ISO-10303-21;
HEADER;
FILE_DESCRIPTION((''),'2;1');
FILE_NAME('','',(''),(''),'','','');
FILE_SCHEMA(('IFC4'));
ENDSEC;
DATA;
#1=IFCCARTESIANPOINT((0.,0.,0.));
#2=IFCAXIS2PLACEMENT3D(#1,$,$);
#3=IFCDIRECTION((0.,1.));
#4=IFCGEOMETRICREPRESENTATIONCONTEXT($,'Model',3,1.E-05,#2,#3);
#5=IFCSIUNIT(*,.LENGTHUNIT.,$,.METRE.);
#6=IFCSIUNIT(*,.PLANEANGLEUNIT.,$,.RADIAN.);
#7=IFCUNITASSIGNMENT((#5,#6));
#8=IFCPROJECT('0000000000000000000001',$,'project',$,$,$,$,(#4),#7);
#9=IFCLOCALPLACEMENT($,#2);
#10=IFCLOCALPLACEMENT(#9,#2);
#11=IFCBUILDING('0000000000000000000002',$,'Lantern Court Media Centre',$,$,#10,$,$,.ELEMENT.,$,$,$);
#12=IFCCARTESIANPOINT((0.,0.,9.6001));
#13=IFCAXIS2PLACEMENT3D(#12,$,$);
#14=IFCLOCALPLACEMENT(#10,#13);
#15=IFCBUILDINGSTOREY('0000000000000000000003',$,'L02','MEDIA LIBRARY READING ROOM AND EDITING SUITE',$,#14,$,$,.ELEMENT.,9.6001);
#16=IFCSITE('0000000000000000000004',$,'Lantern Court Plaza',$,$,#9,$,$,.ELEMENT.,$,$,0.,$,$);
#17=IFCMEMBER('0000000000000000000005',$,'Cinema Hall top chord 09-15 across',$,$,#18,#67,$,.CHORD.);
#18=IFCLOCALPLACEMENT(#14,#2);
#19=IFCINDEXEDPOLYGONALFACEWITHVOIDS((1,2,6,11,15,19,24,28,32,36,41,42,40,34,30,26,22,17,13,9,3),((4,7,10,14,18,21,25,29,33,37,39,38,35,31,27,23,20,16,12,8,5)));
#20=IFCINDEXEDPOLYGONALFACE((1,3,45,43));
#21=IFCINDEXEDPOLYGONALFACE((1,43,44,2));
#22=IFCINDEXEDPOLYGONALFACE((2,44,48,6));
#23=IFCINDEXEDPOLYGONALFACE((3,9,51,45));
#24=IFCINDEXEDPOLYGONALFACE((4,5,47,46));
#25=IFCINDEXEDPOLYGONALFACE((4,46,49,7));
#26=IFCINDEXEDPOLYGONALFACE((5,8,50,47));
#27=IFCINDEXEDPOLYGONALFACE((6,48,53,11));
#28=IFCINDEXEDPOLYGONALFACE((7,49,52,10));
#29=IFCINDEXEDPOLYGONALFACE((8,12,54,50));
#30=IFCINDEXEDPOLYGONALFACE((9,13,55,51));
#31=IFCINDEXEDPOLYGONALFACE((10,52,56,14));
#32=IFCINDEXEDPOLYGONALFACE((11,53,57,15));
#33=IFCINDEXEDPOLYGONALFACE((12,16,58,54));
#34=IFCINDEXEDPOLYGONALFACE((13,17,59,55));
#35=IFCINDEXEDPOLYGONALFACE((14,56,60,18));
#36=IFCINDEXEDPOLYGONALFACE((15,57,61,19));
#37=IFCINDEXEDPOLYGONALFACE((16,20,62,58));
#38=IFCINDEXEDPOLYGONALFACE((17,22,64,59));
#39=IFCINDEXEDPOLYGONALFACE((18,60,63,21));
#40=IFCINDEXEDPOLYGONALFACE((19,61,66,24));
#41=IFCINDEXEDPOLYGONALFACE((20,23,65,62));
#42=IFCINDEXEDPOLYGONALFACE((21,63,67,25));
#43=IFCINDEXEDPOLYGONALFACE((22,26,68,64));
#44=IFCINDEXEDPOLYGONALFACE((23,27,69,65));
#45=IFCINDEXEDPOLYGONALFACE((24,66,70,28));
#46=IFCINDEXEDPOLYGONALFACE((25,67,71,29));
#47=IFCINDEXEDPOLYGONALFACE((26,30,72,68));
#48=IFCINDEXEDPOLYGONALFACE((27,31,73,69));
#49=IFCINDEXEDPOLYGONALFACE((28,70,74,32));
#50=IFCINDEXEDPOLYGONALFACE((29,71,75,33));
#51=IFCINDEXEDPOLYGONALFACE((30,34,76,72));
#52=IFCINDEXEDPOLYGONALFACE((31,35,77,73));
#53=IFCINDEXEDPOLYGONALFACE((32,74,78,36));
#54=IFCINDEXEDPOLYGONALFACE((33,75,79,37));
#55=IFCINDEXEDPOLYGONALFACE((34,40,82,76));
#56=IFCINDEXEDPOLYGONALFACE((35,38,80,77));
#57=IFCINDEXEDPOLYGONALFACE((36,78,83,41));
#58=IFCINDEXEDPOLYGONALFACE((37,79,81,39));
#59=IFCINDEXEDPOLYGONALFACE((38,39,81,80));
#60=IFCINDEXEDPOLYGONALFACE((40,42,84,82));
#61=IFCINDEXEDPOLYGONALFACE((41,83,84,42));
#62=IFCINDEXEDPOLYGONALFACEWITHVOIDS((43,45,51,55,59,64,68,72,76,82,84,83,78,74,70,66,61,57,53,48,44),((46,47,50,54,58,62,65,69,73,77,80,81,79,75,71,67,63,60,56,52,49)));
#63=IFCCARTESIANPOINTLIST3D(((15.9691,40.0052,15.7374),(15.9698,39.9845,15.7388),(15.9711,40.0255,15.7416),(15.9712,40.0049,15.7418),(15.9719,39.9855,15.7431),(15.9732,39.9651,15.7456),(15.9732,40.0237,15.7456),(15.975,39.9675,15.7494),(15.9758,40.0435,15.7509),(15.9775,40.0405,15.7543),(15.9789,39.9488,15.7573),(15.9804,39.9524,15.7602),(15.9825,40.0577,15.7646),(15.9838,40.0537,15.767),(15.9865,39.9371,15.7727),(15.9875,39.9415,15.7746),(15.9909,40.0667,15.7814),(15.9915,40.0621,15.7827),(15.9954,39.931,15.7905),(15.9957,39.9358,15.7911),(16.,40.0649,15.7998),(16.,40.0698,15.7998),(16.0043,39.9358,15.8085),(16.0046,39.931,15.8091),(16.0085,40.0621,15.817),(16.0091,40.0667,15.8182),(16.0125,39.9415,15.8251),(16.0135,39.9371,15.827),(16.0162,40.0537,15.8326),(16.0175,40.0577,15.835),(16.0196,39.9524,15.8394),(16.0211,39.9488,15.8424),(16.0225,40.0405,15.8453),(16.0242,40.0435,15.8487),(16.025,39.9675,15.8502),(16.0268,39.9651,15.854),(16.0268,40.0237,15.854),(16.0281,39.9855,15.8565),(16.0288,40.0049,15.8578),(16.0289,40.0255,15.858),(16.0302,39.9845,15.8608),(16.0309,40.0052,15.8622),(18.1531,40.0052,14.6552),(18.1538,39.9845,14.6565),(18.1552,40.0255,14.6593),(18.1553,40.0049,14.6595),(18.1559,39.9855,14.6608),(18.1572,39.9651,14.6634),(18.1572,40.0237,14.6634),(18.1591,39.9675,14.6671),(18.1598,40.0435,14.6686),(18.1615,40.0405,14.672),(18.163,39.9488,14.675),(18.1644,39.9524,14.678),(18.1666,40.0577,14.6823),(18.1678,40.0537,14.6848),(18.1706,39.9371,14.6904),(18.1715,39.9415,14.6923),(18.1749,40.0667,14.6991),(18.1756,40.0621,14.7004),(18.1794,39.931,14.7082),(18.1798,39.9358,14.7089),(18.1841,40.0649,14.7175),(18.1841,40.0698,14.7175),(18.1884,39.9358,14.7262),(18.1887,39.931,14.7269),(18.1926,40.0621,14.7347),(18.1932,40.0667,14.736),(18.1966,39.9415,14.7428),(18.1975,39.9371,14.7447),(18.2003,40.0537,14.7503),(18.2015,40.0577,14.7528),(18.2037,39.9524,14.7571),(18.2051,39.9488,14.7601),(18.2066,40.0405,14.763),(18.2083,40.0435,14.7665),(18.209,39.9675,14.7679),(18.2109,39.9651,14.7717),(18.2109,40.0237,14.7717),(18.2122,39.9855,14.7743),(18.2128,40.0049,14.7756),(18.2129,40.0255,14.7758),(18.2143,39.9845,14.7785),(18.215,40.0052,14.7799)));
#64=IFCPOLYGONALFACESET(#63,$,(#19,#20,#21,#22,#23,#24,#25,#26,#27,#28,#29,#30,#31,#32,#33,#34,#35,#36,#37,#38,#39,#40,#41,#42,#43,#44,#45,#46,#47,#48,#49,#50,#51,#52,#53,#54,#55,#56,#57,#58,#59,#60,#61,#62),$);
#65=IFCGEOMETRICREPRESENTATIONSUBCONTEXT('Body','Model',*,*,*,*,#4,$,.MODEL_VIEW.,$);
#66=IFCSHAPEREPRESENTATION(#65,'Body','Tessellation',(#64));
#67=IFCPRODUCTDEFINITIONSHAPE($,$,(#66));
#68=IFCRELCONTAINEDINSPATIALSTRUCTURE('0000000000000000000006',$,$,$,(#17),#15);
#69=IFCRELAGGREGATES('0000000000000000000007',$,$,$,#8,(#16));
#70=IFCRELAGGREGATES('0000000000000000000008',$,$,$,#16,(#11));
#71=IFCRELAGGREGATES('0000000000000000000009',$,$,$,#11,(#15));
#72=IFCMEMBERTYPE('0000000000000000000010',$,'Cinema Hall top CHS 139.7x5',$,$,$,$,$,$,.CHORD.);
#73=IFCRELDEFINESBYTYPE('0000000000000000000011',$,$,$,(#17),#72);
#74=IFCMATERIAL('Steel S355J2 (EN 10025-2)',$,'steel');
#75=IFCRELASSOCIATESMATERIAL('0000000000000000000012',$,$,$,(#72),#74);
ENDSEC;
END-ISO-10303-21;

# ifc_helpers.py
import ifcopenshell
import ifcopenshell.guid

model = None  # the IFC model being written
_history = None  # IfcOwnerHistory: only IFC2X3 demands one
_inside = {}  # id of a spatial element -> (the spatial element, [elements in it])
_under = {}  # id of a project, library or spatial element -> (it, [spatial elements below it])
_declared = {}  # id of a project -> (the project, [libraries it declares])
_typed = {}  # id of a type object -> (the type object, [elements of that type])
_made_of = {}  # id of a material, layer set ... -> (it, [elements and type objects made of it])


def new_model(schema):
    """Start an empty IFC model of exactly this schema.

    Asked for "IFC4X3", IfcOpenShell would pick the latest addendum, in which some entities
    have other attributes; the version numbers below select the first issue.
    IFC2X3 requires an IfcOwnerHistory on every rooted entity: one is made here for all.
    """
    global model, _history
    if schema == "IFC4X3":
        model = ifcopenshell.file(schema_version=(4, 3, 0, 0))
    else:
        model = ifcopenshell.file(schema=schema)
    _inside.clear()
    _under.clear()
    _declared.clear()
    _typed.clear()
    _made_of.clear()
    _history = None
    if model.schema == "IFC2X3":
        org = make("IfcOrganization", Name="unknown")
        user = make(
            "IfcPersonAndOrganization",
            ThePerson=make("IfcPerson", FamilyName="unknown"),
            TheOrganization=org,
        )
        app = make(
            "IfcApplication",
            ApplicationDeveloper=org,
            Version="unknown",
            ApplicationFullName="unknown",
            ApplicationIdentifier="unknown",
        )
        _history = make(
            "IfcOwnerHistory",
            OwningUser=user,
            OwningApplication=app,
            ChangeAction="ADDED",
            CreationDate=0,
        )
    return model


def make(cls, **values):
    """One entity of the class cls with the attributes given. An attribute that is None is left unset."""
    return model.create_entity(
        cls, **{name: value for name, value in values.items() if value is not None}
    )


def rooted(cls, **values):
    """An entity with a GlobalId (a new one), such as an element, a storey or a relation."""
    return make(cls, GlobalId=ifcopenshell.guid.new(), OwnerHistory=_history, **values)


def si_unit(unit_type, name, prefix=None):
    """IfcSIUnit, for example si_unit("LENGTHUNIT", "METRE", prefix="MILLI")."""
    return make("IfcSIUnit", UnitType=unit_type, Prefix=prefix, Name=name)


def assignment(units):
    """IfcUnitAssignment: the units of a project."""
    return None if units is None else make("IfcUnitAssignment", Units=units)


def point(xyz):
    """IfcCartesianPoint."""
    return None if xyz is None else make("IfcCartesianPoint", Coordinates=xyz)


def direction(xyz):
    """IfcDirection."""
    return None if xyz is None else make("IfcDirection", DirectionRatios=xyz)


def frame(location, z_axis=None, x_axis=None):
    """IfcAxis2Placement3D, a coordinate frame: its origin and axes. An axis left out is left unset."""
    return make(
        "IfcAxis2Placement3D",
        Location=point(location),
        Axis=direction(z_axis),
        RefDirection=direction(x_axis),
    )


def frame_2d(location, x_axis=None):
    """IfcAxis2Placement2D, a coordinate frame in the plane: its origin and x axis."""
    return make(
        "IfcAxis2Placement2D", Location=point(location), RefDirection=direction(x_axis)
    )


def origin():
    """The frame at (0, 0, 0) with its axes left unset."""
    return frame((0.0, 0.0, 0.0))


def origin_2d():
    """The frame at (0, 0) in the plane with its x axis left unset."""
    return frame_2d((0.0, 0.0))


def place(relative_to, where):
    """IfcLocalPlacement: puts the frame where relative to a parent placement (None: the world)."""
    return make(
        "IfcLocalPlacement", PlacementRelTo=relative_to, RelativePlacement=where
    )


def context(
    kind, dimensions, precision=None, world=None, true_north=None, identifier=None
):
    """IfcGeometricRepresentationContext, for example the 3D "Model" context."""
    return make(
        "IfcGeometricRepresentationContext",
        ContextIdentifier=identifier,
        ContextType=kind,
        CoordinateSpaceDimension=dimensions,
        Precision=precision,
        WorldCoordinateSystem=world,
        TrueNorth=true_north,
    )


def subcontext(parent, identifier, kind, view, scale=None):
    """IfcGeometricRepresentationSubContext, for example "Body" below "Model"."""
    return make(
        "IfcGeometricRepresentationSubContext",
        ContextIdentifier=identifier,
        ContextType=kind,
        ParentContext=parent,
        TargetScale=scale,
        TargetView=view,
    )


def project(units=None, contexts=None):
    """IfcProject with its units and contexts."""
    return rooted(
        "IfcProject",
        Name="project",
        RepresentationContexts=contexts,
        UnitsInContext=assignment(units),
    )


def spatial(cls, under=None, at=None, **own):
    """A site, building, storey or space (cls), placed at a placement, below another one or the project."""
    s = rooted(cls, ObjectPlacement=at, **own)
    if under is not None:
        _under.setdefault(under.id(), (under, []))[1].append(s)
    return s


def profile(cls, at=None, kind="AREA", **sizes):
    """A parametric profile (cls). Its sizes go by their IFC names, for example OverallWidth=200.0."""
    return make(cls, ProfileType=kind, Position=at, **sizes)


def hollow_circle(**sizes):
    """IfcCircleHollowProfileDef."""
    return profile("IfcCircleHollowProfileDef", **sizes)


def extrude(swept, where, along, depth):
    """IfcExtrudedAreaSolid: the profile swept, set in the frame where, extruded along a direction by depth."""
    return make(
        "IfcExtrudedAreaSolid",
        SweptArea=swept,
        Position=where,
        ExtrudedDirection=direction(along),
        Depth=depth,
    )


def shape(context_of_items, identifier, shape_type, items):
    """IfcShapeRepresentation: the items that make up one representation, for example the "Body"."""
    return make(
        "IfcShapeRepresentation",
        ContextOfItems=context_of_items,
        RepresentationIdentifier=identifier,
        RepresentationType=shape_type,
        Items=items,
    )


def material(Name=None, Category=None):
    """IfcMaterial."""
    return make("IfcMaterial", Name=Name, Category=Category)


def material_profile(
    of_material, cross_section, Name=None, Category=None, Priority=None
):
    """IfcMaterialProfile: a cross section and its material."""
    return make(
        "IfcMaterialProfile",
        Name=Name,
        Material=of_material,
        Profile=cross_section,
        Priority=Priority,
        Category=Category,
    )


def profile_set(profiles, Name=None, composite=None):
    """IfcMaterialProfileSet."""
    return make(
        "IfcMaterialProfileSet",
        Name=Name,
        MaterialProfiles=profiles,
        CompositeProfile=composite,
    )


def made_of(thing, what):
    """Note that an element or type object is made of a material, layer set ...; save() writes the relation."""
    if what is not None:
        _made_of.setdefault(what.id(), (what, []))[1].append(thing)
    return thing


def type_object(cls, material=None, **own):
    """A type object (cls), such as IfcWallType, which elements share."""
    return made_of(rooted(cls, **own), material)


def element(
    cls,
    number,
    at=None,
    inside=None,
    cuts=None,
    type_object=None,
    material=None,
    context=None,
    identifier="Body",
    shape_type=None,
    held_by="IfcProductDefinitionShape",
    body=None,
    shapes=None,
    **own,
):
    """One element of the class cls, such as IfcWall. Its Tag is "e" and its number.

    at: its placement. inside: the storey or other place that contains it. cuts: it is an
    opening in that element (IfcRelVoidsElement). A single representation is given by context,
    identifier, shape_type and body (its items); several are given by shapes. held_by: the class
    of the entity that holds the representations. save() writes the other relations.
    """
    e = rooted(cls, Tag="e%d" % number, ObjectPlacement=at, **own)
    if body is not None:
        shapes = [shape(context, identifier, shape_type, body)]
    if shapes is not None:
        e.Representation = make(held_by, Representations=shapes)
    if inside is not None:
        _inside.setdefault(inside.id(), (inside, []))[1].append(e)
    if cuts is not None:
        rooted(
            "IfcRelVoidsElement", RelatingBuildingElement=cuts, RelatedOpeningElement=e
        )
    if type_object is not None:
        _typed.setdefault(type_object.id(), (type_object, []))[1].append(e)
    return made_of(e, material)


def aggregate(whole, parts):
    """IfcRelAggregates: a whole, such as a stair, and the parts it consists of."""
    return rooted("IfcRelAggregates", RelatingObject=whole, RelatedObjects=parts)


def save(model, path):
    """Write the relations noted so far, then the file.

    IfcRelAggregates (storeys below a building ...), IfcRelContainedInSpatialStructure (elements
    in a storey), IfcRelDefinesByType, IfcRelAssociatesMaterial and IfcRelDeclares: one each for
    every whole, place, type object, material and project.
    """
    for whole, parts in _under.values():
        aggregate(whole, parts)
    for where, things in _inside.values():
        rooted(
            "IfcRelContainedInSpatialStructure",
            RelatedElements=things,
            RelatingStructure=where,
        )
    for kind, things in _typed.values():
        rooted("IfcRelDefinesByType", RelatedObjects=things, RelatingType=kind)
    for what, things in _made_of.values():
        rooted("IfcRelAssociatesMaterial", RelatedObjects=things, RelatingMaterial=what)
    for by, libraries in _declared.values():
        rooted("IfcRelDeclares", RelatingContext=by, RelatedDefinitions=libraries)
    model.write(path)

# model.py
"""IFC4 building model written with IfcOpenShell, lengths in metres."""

from ifc_helpers import new_model, si_unit, direction, frame, origin, origin_2d, place, context, subcontext, project, spatial, hollow_circle, extrude, material, material_profile, profile_set, type_object, element, save


model = new_model("IFC4")

# Units and contexts
model_context = context("Model", 3, precision=1e-05, world=origin(), true_north=direction((0.0, 1.0)))
body_context = subcontext(model_context, "Body", "Model", "MODEL_VIEW")
ifc_project = project(units=[si_unit("LENGTHUNIT", "METRE"), si_unit("PLANEANGLEUNIT", "RADIAN")], contexts=[model_context])

# Site, building, storey
site_placement = place(None, origin())
site = spatial("IfcSite", under=ifc_project, at=site_placement, Name="Lantern Court Plaza", CompositionType="ELEMENT", RefElevation=0.0)
building_placement = place(site_placement, origin())
building = spatial("IfcBuilding", under=site, at=building_placement, Name="Lantern Court Media Centre", CompositionType="ELEMENT")
storey_placement = place(building_placement, frame((0.0, 0.0, 9.6001)))
storey = spatial("IfcBuildingStorey", under=building, at=storey_placement, Name="L02", Description="MEDIA LIBRARY READING ROOM AND EDITING SUITE", CompositionType="ELEMENT", Elevation=9.6001)

# Member
ifc_material = material(Name="Steel S355J2 (EN 10025-2)", Category="steel")
ifc_material_profile_1 = material_profile(ifc_material, hollow_circle(Radius=0.0698, WallThickness=0.0049, at=origin_2d()), Name="Cinema Hall top CHS 139.7x5")
ifc_profile_set_1 = profile_set([ifc_material_profile_1], Name="Steel S355J2 (EN 10025-2)")
member_type_1 = type_object("IfcMemberType", Name="Cinema Hall top CHS 139.7x5", PredefinedType="CHORD", material=ifc_profile_set_1)
for number, where, z_axis, x_axis, name in (
    (1, (16.0, 40.0, 15.7998), (0.896024, 0.0, -0.444006), (0.0, 1.0, 0.0), "Cinema Hall top chord 09-15 across"),
):
    element("IfcMember", number, at=place(storey_placement, frame(where, z_axis=z_axis, x_axis=x_axis)), inside=storey, type_object=member_type_1, Name=name, PredefinedType="CHORD", context=body_context, shape_type="SweptSolid", body=[
        extrude(hollow_circle(Radius=0.0698, WallThickness=0.0049, at=origin_2d()), origin(), (0.0, 0.0, 1.0), 2.4375),
    ])

save(model, "model.ifc")
